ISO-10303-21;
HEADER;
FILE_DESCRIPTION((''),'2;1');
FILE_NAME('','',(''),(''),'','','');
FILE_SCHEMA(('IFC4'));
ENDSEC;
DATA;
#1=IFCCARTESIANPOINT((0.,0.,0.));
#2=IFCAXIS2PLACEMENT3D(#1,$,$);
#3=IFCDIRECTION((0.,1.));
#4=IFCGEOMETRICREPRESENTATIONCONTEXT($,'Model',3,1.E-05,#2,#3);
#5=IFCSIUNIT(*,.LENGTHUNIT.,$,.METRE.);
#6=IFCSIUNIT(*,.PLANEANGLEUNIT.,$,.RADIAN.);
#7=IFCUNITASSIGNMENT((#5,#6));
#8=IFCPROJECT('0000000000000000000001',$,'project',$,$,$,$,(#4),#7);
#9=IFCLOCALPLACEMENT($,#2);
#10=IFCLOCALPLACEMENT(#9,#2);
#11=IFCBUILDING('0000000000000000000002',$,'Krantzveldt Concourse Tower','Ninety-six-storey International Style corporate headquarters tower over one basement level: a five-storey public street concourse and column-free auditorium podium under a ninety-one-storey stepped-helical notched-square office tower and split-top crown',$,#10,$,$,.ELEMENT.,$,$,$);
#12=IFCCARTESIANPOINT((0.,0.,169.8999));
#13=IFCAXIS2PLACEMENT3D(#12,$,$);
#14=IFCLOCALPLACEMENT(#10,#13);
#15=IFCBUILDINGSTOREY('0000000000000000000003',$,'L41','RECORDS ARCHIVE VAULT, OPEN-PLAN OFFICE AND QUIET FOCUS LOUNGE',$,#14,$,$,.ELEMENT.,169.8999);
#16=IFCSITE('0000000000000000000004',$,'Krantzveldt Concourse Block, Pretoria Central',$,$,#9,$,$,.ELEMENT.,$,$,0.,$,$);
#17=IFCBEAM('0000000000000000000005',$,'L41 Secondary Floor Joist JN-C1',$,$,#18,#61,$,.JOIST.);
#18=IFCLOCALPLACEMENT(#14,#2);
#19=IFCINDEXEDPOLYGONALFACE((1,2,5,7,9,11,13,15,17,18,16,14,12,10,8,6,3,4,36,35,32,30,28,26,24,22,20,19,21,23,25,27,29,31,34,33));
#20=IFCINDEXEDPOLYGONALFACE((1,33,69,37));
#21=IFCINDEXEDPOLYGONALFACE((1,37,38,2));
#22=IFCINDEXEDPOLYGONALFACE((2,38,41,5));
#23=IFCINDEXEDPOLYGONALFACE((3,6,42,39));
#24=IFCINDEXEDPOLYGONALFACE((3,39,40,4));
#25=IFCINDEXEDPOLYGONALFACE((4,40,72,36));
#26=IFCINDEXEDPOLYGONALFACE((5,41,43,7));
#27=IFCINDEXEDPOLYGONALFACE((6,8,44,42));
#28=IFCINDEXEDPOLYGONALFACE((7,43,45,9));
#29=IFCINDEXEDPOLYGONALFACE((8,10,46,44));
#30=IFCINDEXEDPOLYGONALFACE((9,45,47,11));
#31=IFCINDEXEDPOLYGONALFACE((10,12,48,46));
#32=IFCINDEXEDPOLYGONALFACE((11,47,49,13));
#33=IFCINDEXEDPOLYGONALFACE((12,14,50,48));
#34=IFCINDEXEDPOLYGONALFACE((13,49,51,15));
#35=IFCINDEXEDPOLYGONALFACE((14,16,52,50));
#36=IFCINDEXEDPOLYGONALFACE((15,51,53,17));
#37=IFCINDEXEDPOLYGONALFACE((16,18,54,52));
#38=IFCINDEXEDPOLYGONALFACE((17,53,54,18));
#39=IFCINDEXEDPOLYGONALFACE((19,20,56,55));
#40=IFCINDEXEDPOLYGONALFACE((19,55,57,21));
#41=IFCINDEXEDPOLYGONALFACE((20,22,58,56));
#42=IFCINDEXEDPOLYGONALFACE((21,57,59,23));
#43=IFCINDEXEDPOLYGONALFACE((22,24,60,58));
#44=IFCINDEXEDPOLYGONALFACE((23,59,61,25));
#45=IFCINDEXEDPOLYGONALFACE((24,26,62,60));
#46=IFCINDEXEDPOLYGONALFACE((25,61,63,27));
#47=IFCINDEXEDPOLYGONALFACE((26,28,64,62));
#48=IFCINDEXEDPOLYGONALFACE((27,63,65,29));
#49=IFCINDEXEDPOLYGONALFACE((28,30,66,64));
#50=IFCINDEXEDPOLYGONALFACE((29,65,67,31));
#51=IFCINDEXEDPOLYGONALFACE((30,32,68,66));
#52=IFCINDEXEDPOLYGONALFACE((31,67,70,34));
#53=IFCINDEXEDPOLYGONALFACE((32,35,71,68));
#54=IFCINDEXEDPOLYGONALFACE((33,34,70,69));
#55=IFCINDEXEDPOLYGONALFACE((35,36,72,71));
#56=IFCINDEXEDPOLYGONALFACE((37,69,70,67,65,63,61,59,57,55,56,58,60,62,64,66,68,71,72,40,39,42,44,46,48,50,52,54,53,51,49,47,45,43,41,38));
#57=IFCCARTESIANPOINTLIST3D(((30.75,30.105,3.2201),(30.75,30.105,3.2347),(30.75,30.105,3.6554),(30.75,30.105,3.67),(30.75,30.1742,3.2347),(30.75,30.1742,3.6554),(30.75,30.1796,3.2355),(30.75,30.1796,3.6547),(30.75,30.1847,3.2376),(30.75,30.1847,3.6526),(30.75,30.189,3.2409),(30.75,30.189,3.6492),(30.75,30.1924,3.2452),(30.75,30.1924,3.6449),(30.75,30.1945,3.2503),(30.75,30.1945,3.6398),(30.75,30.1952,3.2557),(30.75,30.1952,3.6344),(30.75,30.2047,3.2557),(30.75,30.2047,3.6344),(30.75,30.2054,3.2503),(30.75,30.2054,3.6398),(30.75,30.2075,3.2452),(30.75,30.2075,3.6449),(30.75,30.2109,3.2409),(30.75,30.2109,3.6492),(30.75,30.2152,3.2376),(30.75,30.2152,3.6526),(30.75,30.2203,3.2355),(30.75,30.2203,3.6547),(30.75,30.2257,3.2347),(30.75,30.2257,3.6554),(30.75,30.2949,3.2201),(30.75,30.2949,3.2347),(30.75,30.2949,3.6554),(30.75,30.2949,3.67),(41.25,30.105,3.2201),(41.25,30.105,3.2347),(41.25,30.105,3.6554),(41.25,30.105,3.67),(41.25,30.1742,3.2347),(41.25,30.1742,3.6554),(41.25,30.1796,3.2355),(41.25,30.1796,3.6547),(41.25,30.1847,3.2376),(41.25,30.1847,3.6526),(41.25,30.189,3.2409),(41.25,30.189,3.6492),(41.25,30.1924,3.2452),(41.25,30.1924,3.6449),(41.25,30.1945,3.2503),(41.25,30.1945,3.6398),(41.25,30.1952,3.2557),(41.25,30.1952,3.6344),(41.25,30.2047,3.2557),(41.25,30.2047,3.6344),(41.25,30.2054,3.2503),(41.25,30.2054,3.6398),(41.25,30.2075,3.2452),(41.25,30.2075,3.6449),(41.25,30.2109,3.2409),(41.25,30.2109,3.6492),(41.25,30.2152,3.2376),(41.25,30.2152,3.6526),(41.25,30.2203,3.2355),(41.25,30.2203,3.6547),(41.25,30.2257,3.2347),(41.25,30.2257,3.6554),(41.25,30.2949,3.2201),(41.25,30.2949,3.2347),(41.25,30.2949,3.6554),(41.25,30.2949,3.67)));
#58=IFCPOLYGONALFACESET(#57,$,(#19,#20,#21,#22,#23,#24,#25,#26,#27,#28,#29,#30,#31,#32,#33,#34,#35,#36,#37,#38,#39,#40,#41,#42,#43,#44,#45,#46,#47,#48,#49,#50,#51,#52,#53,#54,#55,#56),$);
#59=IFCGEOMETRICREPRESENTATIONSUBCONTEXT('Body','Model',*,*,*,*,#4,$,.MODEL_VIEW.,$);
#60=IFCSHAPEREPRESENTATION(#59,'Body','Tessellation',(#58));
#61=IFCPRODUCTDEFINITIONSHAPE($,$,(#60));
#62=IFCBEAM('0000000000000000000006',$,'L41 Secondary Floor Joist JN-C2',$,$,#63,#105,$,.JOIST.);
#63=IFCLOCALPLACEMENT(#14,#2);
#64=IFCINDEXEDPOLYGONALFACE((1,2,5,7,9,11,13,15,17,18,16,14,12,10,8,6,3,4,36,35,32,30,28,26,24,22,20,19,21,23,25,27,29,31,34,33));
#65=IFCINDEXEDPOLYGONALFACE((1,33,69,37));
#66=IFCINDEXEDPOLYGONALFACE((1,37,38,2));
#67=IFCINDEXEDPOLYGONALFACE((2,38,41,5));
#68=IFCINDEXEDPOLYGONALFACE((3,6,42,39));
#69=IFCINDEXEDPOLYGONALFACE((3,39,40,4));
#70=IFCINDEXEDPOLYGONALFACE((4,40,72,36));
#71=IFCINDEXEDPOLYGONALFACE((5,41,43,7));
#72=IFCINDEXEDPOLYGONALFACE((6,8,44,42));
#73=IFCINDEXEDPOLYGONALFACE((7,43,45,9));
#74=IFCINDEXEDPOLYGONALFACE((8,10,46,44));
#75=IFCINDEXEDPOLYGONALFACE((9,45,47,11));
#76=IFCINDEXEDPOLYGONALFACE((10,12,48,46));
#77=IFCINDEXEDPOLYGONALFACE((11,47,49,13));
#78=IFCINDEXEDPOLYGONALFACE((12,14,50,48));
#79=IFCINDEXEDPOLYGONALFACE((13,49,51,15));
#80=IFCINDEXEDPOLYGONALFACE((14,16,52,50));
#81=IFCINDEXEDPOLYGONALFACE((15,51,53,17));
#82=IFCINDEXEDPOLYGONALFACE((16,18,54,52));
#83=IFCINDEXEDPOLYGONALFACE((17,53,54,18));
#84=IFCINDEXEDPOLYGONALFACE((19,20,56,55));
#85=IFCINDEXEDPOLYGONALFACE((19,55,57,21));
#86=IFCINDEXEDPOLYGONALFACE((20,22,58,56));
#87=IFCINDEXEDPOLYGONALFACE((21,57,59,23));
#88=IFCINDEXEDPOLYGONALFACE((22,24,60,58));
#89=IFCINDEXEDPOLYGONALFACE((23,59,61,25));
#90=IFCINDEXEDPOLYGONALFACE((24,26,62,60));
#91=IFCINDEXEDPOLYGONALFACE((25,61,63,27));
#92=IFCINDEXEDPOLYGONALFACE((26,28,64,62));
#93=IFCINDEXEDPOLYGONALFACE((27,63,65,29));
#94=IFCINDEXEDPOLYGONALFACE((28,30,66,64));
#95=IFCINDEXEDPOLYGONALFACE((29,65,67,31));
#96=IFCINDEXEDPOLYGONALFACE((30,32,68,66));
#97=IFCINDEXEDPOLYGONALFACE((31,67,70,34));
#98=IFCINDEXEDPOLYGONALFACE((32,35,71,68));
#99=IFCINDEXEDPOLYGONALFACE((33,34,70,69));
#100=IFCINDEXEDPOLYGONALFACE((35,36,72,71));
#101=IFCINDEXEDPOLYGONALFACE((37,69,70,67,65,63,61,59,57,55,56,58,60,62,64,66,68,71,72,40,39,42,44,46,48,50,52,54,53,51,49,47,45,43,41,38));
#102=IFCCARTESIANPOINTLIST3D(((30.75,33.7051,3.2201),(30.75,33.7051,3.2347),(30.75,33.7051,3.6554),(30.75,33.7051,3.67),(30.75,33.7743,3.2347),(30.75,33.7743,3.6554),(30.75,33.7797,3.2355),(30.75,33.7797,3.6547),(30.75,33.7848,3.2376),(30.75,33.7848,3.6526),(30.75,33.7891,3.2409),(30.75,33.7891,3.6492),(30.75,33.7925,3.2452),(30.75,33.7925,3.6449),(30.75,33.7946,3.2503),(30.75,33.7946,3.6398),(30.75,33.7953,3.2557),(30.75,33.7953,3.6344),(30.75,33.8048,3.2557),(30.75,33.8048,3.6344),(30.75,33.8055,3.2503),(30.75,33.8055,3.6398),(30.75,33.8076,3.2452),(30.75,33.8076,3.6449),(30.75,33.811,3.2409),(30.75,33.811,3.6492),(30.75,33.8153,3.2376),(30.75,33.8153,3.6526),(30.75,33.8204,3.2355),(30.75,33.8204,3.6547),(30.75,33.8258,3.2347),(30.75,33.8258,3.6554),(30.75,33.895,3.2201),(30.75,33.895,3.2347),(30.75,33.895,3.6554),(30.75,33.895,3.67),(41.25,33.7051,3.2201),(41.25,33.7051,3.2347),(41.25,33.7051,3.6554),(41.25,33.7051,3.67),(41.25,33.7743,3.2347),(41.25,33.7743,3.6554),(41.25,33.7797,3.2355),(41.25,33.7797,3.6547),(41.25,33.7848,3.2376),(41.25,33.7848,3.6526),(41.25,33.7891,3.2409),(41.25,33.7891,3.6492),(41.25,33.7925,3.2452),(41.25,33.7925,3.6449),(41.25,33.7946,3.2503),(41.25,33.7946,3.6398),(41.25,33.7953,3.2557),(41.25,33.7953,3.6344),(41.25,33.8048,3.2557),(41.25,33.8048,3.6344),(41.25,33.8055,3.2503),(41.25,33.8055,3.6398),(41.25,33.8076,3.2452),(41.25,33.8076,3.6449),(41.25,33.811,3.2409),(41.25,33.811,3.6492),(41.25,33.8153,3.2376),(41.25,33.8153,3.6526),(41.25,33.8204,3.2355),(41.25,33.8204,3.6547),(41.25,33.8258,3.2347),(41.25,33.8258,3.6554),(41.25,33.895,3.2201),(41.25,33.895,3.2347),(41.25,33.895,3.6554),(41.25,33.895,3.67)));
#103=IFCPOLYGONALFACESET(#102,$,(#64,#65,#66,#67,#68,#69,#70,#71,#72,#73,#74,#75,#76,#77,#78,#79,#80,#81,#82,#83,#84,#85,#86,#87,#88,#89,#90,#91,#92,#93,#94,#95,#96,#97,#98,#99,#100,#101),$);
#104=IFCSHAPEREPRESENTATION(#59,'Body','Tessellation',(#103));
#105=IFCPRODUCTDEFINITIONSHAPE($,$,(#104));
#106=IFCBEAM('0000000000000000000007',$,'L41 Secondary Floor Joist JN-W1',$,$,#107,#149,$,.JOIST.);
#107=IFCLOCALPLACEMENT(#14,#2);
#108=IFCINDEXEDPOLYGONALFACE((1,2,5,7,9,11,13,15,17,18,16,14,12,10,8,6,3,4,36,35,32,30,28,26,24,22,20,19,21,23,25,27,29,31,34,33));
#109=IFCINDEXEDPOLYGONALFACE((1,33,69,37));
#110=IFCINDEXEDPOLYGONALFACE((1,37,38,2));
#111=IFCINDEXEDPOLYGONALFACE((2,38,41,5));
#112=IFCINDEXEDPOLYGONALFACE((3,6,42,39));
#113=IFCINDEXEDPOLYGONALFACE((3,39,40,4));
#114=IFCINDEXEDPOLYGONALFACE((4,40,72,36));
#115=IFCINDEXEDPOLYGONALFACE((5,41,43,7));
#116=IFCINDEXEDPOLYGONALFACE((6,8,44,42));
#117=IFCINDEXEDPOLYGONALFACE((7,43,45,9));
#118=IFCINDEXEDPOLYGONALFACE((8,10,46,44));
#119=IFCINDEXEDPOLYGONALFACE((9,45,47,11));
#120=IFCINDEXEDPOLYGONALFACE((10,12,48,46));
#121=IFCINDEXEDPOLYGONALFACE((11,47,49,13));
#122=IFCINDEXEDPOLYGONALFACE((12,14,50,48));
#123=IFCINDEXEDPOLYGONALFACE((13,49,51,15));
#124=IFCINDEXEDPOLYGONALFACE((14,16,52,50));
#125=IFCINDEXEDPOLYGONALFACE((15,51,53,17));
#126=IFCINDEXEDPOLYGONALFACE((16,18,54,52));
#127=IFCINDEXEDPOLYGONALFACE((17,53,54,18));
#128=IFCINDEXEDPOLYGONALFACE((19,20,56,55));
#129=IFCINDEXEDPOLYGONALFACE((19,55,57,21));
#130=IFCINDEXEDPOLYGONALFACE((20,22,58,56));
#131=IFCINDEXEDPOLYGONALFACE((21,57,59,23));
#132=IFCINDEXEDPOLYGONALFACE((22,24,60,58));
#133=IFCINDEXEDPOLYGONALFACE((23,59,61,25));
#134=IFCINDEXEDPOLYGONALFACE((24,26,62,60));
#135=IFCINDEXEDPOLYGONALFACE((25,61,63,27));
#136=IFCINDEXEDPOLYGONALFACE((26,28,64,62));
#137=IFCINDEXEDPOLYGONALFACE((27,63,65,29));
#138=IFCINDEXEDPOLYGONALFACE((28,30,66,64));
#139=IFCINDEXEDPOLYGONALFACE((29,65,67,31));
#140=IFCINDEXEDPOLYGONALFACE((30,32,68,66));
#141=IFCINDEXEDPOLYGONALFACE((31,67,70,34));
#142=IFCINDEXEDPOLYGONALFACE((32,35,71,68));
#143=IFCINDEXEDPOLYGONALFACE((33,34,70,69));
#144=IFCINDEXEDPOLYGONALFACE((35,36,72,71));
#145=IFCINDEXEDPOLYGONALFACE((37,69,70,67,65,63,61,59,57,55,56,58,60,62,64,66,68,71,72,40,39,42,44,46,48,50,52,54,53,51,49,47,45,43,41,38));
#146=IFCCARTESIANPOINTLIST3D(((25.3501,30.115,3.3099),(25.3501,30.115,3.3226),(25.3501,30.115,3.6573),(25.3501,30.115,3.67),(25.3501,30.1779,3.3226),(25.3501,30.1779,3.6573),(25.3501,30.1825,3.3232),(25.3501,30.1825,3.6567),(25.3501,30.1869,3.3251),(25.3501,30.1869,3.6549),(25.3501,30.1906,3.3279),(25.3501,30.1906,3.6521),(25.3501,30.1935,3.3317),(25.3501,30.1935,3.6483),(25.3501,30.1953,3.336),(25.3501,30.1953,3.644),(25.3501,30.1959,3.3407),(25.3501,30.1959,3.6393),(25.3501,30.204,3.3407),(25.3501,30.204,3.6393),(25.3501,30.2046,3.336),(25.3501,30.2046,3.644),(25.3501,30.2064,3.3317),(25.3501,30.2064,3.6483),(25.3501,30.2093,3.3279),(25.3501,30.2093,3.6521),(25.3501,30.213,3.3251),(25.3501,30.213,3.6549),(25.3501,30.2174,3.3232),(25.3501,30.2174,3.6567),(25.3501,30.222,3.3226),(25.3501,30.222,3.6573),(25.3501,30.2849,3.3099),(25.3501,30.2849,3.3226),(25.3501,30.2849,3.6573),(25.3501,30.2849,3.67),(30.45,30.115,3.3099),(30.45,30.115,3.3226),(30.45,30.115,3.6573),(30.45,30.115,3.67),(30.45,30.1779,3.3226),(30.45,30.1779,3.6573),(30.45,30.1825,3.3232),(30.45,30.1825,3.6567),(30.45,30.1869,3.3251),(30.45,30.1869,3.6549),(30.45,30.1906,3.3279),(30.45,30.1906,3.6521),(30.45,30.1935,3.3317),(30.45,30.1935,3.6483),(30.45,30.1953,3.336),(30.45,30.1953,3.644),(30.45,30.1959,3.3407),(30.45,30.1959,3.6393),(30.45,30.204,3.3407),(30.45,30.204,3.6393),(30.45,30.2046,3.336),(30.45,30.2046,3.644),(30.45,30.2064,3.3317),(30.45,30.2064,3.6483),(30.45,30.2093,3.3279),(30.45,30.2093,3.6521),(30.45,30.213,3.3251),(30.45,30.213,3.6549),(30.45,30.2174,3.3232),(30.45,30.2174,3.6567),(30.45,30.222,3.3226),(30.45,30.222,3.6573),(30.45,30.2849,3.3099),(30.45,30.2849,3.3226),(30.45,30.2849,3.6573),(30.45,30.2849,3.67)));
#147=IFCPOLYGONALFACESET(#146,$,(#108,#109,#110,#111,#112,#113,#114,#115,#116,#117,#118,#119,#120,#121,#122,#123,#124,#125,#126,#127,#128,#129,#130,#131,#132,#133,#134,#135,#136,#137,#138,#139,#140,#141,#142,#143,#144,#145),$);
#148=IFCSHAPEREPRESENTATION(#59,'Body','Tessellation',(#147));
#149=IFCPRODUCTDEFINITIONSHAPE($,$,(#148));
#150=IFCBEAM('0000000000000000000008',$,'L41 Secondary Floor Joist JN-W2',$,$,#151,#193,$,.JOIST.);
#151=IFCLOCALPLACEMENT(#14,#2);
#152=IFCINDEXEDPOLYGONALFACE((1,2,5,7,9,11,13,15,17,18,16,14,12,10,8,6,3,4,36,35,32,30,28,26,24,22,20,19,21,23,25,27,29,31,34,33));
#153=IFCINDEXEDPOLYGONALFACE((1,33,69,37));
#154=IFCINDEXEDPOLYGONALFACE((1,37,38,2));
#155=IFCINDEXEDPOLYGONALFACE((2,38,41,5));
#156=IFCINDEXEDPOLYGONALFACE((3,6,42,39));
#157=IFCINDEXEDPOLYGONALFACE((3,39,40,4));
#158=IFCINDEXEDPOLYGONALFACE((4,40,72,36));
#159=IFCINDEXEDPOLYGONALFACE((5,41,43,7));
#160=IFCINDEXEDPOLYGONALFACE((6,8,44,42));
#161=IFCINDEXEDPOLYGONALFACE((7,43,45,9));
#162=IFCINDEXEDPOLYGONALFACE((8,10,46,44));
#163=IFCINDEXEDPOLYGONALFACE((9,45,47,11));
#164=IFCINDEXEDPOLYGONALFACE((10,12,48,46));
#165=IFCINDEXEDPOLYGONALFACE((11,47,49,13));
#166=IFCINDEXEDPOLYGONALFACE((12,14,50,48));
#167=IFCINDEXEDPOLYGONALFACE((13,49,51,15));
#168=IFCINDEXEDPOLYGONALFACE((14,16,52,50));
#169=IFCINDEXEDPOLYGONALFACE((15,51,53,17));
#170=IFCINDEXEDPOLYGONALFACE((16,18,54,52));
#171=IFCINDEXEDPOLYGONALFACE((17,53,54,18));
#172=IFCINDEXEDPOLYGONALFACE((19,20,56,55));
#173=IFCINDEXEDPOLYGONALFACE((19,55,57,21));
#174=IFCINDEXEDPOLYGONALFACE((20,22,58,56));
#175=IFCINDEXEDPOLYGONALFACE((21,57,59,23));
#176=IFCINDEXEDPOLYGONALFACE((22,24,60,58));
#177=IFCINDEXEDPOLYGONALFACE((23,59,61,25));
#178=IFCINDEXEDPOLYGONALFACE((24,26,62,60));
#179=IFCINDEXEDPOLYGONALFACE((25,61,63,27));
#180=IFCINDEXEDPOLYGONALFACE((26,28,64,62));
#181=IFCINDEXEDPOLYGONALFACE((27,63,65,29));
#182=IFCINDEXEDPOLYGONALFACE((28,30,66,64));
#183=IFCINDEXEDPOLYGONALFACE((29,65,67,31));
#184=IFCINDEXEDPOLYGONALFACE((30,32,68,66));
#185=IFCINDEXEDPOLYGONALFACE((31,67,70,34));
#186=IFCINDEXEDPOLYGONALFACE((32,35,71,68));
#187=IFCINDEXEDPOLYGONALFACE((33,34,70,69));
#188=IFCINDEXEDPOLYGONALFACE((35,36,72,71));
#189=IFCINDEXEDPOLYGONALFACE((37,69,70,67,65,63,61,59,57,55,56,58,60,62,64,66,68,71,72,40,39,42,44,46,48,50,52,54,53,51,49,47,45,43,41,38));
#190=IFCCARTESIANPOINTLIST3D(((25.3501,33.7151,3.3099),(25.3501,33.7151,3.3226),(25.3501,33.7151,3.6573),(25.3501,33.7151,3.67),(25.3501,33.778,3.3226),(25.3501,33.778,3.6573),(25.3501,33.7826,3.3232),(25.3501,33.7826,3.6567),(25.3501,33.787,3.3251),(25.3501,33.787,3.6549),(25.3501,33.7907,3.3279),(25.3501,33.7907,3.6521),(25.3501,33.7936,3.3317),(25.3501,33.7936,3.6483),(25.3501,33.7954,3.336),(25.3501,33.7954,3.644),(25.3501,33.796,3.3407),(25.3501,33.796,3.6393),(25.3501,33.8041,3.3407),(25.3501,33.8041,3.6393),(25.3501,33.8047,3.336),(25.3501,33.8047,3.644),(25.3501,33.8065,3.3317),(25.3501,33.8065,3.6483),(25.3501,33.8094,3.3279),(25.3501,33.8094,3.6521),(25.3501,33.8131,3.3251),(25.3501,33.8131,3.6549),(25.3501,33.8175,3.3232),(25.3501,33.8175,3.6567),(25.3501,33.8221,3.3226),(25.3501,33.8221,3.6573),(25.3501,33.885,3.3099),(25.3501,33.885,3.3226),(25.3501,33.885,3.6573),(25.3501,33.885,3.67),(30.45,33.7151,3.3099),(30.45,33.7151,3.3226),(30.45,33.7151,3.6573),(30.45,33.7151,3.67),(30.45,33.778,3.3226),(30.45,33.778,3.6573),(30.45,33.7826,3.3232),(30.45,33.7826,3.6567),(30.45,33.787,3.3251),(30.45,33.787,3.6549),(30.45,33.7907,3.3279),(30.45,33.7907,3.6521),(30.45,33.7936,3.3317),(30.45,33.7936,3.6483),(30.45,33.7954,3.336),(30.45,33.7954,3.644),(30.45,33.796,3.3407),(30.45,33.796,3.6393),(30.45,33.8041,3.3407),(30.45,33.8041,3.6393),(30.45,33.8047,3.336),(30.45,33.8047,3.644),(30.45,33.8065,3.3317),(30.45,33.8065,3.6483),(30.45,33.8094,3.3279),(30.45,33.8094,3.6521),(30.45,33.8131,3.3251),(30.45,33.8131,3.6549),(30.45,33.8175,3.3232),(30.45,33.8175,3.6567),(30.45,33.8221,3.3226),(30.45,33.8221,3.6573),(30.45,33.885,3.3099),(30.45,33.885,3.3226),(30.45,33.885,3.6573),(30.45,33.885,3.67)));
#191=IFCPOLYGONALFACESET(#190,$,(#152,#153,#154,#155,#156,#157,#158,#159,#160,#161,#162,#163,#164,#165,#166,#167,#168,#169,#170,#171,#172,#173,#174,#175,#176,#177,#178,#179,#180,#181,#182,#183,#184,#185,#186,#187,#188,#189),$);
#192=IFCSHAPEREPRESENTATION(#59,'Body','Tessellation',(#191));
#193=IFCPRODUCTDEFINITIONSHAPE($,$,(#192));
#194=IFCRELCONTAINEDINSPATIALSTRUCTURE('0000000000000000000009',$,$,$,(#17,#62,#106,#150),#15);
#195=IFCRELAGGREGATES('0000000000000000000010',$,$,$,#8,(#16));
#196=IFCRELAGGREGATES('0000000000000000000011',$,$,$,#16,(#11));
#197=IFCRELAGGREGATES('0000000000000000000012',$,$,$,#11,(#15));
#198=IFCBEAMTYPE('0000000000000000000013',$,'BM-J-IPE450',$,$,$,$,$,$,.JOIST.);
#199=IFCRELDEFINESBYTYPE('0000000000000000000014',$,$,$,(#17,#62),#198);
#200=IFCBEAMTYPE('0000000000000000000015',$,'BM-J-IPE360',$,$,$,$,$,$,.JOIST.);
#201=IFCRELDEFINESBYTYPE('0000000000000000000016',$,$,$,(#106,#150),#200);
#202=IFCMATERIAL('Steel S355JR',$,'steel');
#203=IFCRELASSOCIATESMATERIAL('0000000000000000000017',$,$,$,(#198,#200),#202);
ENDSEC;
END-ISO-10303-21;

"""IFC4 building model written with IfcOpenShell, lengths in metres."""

from ifc_helpers import new_model, si_unit, direction, frame, origin, origin_2d, place, context, subcontext, project, spatial, i_section, extrude, source, transform, mapped, material, material_profile, profile_set, type_object, type_shapes, element, save


model = new_model("IFC4")

# Units and contexts
model_context = context("Model", 3, precision=1e-05, world=origin(), true_north=direction((0.0, 1.0)))
body_context = subcontext(model_context, "Body", "Model", "MODEL_VIEW")
ifc_project = project(units=[si_unit("LENGTHUNIT", "METRE"), si_unit("PLANEANGLEUNIT", "RADIAN")], contexts=[model_context])

# Site, building, storey
site_placement = place(None, origin())
site = spatial("IfcSite", under=ifc_project, at=site_placement, Name="Krantzveldt Concourse Block, Pretoria Central", CompositionType="ELEMENT", RefElevation=0.0)
building_placement = place(site_placement, origin())
building = spatial("IfcBuilding", under=site, at=building_placement, Name="Krantzveldt Concourse Tower", Description="Ninety-six-storey International Style corporate headquarters tower over one basement level: a five-storey public street concourse and column-free auditorium podium under a ninety-one-storey stepped-helical notched-square office tower and split-top crown", CompositionType="ELEMENT")
storey_placement = place(building_placement, frame((0.0, 0.0, 169.8999)))
storey = spatial("IfcBuildingStorey", under=building, at=storey_placement, Name="L41", Description="RECORDS ARCHIVE VAULT, OPEN-PLAN OFFICE AND QUIET FOCUS LOUNGE", CompositionType="ELEMENT", Elevation=169.8999)

# Beams
ifc_material_1 = material(Name="Steel S355JR", Category="steel")
ifc_material_profile_1 = material_profile(ifc_material_1, i_section(OverallWidth=0.1899, OverallDepth=0.45, WebThickness=0.0095, FlangeThickness=0.0146, FilletRadius=0.021, at=origin_2d()), Name="Steel S355JR", Category="steel")
ifc_profile_set_1 = profile_set([ifc_material_profile_1], Name="Steel S355JR - IPE 450")
beam_type_1 = type_object("IfcBeamType", Name="BM-J-IPE450", PredefinedType="JOIST", material=ifc_profile_set_1)
shared_shape_1 = source(origin(), body_context, "Body", "SweptSolid", [
    extrude(i_section(OverallWidth=0.1899, OverallDepth=0.45, WebThickness=0.0095, FlangeThickness=0.0146, FilletRadius=0.021, at=origin_2d()), origin(), (0.0, 0.0, 1.0), 10.5),
])
for number, where, z_axis, x_axis, name in (
    (1, (30.75, 30.2, 3.4451), (1.0, 0.0, 0.0), (0.0, 1.0, 0.0), "L41 Secondary Floor Joist JN-C1"),
    (2, (30.75, 33.8, 3.4451), (1.0, 0.0, 0.0), (0.0, 1.0, 0.0), "L41 Secondary Floor Joist JN-C2"),
):
    element("IfcBeam", number, at=place(storey_placement, frame(where, z_axis=z_axis, x_axis=x_axis)), inside=storey, type_object=beam_type_1, Name=name, PredefinedType="JOIST", context=body_context, shape_type="MappedRepresentation", body=[
        mapped(shared_shape_1, transform((0.0, 0.0, 0.0), x_axis=(1.0, 0.0, 0.0), y_axis=(0.0, 1.0, 0.0), z_axis=(0.0, 0.0, 1.0), scale=1.0)),
    ])
ifc_material_profile_2 = material_profile(ifc_material_1, i_section(OverallWidth=0.1699, OverallDepth=0.3601, WebThickness=0.0081, FlangeThickness=0.0127, FilletRadius=0.0181, at=origin_2d()), Name="Steel S355JR", Category="steel")
ifc_profile_set_2 = profile_set([ifc_material_profile_2], Name="Steel S355JR - IPE 360")
beam_type_2 = type_object("IfcBeamType", Name="BM-J-IPE360", PredefinedType="JOIST", material=ifc_profile_set_2)
shared_shape_2 = source(origin(), body_context, "Body", "SweptSolid", [
    extrude(i_section(OverallWidth=0.1699, OverallDepth=0.3601, WebThickness=0.0081, FlangeThickness=0.0127, FilletRadius=0.0181, at=origin_2d()), origin(), (0.0, 0.0, 1.0), 5.0999),
])
type_shapes(beam_type_2, [shared_shape_2])
for number, where, z_axis, x_axis, name in (
    (3, (25.3501, 30.2, 3.49), (1.0, 0.0, 0.0), (0.0, 1.0, 0.0), "L41 Secondary Floor Joist JN-W1"),
    (4, (25.3501, 33.8, 3.49), (1.0, 0.0, 0.0), (0.0, 1.0, 0.0), "L41 Secondary Floor Joist JN-W2"),
):
    element("IfcBeam", number, at=place(storey_placement, frame(where, z_axis=z_axis, x_axis=x_axis)), inside=storey, type_object=beam_type_2, Name=name, PredefinedType="JOIST", context=body_context, shape_type="MappedRepresentation", body=[
        mapped(shared_shape_2, transform((0.0, 0.0, 0.0), x_axis=(1.0, 0.0, 0.0), y_axis=(0.0, 1.0, 0.0), z_axis=(0.0, 0.0, 1.0), scale=1.0)),
    ])

save(model, "model.ifc")
